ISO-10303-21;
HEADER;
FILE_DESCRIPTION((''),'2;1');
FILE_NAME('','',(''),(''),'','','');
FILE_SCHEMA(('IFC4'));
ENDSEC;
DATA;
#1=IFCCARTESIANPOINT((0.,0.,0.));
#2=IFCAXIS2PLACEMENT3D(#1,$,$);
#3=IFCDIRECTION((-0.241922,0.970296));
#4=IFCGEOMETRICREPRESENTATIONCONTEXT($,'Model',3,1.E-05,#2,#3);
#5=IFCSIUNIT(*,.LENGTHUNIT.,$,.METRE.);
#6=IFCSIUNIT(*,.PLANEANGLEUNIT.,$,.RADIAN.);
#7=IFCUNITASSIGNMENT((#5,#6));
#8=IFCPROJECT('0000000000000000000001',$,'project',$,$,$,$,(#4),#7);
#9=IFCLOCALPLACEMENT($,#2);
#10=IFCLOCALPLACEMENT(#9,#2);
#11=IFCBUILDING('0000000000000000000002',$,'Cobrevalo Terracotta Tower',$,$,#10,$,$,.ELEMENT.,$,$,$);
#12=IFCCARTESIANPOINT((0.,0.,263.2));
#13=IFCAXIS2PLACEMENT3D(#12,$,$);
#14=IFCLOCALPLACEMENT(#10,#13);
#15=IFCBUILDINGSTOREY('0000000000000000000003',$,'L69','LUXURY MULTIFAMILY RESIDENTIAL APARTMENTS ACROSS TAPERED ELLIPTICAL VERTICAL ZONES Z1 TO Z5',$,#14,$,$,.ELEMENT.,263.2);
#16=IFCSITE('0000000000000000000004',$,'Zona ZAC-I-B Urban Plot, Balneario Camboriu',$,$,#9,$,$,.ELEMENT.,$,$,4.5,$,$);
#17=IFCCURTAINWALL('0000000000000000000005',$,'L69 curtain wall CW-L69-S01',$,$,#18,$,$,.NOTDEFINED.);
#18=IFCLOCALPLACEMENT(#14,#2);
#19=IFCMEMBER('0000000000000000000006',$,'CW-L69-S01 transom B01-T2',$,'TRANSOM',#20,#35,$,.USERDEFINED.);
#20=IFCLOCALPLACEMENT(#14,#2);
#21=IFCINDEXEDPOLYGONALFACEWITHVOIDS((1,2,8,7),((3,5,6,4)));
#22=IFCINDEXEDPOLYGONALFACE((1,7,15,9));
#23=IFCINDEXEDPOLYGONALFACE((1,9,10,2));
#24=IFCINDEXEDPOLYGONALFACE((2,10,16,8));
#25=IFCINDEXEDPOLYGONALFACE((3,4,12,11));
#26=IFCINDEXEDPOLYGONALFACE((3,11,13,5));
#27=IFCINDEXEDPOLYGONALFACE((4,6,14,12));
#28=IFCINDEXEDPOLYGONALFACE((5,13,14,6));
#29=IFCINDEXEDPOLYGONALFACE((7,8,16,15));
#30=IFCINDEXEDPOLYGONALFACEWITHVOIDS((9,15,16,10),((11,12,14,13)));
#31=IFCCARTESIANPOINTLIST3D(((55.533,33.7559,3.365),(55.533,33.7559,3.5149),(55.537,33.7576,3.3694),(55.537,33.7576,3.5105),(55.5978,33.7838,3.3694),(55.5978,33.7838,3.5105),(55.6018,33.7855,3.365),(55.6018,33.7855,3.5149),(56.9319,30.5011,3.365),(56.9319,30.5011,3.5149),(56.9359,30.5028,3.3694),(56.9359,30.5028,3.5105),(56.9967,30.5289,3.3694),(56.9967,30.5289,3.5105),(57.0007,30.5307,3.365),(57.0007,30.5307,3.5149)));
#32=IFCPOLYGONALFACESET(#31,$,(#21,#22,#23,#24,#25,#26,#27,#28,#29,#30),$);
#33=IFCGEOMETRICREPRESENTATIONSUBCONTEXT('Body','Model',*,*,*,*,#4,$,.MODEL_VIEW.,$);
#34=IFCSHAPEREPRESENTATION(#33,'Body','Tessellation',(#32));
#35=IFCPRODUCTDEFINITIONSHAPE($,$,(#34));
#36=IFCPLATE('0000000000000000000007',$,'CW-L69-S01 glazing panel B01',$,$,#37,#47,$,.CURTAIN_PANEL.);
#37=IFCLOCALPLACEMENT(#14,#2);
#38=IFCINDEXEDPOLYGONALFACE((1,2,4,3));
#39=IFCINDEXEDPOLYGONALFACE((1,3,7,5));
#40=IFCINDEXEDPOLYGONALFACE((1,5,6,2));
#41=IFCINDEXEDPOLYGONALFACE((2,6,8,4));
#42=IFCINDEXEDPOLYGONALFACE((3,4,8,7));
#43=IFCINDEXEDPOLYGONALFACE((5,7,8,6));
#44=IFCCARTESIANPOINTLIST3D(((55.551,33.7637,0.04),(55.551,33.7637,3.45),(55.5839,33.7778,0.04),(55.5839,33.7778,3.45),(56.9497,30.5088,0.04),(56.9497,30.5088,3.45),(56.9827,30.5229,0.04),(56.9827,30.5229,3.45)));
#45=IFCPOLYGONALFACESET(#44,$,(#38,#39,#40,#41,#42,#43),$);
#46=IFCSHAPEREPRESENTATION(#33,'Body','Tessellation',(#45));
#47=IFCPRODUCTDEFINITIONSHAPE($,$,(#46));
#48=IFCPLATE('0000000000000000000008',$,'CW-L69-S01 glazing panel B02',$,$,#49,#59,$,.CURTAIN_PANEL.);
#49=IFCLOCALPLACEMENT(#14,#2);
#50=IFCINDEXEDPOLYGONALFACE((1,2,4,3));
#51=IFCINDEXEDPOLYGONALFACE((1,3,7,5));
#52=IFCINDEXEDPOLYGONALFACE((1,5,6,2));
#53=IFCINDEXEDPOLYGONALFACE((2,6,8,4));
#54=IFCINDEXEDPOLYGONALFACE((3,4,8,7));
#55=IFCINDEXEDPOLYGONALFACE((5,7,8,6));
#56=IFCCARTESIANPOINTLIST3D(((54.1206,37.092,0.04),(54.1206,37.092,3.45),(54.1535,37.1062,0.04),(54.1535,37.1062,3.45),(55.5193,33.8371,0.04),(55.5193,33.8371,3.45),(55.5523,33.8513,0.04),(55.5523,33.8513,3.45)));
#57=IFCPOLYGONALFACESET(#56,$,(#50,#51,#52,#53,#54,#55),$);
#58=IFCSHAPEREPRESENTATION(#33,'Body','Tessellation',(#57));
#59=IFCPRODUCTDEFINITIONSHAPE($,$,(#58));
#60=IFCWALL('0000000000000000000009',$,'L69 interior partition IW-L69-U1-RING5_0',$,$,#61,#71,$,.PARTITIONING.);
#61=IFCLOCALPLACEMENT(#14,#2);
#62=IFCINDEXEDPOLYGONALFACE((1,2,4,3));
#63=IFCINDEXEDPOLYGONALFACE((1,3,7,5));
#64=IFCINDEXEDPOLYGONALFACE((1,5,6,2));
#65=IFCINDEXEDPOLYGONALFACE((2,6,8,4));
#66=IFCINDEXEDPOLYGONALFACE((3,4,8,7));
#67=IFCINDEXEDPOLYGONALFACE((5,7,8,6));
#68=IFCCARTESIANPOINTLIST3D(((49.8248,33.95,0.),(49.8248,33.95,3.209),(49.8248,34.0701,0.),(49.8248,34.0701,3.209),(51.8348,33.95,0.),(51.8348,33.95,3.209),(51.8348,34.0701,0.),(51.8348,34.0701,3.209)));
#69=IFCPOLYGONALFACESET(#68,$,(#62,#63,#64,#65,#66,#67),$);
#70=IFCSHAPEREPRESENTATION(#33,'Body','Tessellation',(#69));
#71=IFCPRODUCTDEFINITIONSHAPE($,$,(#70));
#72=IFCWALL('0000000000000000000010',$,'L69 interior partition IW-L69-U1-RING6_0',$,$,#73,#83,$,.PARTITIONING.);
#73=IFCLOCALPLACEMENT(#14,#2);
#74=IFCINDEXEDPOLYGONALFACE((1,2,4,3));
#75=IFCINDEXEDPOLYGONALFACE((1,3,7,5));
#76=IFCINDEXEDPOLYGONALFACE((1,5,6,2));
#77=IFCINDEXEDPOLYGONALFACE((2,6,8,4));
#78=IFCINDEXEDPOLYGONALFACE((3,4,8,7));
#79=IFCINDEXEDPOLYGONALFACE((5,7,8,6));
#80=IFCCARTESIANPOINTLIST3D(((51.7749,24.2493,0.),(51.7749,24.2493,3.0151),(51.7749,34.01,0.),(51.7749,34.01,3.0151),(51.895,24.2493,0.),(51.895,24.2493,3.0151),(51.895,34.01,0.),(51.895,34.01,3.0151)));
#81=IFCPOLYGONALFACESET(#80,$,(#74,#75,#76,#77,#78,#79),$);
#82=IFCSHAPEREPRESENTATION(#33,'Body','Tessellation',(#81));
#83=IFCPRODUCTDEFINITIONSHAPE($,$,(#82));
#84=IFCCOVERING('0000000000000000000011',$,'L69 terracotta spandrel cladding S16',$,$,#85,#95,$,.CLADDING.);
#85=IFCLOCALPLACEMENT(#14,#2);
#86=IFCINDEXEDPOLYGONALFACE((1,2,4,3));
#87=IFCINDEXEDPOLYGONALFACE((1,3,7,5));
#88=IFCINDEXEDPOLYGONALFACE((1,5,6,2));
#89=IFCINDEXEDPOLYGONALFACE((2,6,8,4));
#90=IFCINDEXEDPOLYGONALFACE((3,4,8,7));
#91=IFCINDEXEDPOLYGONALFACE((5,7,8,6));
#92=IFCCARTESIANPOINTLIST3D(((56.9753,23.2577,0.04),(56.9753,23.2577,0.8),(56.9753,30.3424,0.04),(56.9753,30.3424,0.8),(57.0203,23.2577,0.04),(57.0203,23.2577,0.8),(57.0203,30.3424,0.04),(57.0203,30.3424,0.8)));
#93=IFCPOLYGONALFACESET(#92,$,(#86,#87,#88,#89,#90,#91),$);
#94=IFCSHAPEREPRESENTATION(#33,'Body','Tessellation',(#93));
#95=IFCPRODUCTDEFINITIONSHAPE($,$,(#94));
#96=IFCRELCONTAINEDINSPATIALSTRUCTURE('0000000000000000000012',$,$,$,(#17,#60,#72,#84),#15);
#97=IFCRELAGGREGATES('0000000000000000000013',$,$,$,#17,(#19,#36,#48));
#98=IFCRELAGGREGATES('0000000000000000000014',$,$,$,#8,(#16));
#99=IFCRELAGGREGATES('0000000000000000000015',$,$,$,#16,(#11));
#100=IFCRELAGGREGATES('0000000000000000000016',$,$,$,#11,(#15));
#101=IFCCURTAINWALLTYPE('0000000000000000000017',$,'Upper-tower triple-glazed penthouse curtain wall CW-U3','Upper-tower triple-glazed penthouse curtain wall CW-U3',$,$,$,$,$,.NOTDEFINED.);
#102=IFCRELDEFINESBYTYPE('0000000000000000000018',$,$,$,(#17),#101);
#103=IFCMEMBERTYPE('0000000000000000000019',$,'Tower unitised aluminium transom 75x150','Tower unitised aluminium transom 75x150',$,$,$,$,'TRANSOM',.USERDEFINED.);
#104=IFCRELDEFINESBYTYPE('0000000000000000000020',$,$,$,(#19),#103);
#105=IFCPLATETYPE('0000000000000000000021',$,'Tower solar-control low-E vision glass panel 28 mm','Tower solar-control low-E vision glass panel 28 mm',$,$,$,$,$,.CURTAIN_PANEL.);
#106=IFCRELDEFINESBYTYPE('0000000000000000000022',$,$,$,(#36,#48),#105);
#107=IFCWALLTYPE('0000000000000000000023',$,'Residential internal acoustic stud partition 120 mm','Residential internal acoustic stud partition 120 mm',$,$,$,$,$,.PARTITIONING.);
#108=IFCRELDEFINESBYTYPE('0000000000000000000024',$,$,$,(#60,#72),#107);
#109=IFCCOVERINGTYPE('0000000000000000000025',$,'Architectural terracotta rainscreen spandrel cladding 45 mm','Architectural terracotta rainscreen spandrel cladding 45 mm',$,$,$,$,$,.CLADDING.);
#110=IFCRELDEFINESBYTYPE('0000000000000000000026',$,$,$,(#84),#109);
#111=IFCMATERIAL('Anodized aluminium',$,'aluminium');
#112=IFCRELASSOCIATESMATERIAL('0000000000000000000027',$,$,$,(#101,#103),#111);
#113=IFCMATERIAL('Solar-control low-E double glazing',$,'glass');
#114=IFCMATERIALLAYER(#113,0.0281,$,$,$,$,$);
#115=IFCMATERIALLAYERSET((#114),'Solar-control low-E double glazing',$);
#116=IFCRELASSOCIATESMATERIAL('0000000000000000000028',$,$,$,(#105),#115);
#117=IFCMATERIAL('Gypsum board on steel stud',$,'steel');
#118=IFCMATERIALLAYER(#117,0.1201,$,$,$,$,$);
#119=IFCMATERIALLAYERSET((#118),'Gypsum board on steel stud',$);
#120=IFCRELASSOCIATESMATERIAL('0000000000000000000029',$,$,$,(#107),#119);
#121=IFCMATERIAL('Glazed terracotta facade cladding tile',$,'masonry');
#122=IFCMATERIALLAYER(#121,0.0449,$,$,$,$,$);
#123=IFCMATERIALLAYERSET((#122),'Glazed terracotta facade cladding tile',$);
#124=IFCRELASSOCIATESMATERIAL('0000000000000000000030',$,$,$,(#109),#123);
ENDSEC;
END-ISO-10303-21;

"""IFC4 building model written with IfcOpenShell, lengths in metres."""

from ifc_helpers import new_model, si_unit, direction, frame, frame_2d, origin, origin_2d, place, context, subcontext, project, spatial, rectangle, hollow_rectangle, extrude, source, transform, mapped, material, layer, layer_set, material_profile, profile_set, type_object, element, aggregate, save


model = new_model("IFC4")

# Units and contexts
model_context = context("Model", 3, precision=1e-05, world=origin(), true_north=direction((-0.241922, 0.970296)))
body_context = subcontext(model_context, "Body", "Model", "MODEL_VIEW")
ifc_project = project(units=[si_unit("LENGTHUNIT", "METRE"), si_unit("PLANEANGLEUNIT", "RADIAN")], contexts=[model_context])

# Site, building, storey
site_placement = place(None, origin())
site = spatial("IfcSite", under=ifc_project, at=site_placement, Name="Zona ZAC-I-B Urban Plot, Balneario Camboriu", CompositionType="ELEMENT", RefElevation=4.5)
building_placement = place(site_placement, origin())
building = spatial("IfcBuilding", under=site, at=building_placement, Name="Cobrevalo Terracotta Tower", CompositionType="ELEMENT")
storey_placement = place(building_placement, frame((0.0, 0.0, 263.2)))
storey = spatial("IfcBuildingStorey", under=building, at=storey_placement, Name="L69", Description="LUXURY MULTIFAMILY RESIDENTIAL APARTMENTS ACROSS TAPERED ELLIPTICAL VERTICAL ZONES Z1 TO Z5", CompositionType="ELEMENT", Elevation=263.2)

# Curtain wall, member, plates
ifc_material_1 = material(Name="Anodized aluminium", Category="aluminium")
curtain_wall_type = type_object("IfcCurtainWallType", Name="Upper-tower triple-glazed penthouse curtain wall CW-U3", Description="Upper-tower triple-glazed penthouse curtain wall CW-U3", PredefinedType="NOTDEFINED", material=ifc_material_1)
curtain_wall_placement = place(storey_placement, origin())
curtain_wall = element("IfcCurtainWall", 1, at=curtain_wall_placement, inside=storey, type_object=curtain_wall_type, Name="L69 curtain wall CW-L69-S01", PredefinedType="NOTDEFINED")
ifc_material_profile_1 = material_profile(ifc_material_1, hollow_rectangle(XDim=0.075, YDim=0.1499, WallThickness=0.0044, at=origin_2d()), Name="CWT 75x150")
ifc_profile_set_1 = profile_set([ifc_material_profile_1], Name="Anodized aluminium")
member_type_1 = type_object("IfcMemberType", Name="Tower unitised aluminium transom 75x150", Description="Tower unitised aluminium transom 75x150", ElementType="TRANSOM", PredefinedType="USERDEFINED", material=ifc_profile_set_1)
shared_shape_1 = source(origin(), body_context, "Body", "SweptSolid", [
    extrude(hollow_rectangle(XDim=0.075, YDim=0.1499, WallThickness=0.0044, at=origin_2d()), origin(), (0.0, 0.0, 1.0), 3.5427),
])
member_1_placement = place(storey_placement, frame((56.9663, 30.5159, 3.4399), z_axis=(-0.394867, 0.918738, 0.0), x_axis=(-0.918738, -0.394867, 0.0)))
member_1 = element("IfcMember", 2, at=member_1_placement, type_object=member_type_1, Name="CW-L69-S01 transom B01-T2", ObjectType="TRANSOM", PredefinedType="USERDEFINED", context=body_context, shape_type="MappedRepresentation", body=[
    mapped(shared_shape_1, transform((0.0, 0.0, 0.0), scale=1.0)),
])
ifc_material_2 = material(Name="Solar-control low-E double glazing", Category="glass")
ifc_layer_1 = layer(ifc_material_2, 0.0281)
ifc_layer_set_1 = layer_set([ifc_layer_1], Name="Solar-control low-E double glazing")
plate_type = type_object("IfcPlateType", Name="Tower solar-control low-E vision glass panel 28 mm", Description="Tower solar-control low-E vision glass panel 28 mm", PredefinedType="CURTAIN_PANEL", material=ifc_layer_set_1)
shared_shape_2 = source(origin(), body_context, "Body", "SweptSolid", [
    extrude(rectangle(XDim=3.5427, YDim=0.0359, at=origin_2d()), origin(), (0.0, 0.0, 1.0), 3.4099),
])
plate_1_placement = place(storey_placement, frame((56.2668, 32.1433, 0.04), z_axis=(0.0, 0.0, 1.0), x_axis=(-0.394829, 0.918755, 0.0)))
plate_1 = element("IfcPlate", 3, at=plate_1_placement, type_object=plate_type, Name="CW-L69-S01 glazing panel B01", PredefinedType="CURTAIN_PANEL", context=body_context, shape_type="MappedRepresentation", body=[
    mapped(shared_shape_2, transform((0.0, 0.0, 0.0), scale=1.0)),
])
plate_2_placement = place(storey_placement, frame((54.8364, 35.4717, 0.04), z_axis=(0.0, 0.0, 1.0), x_axis=(-0.394829, 0.918755, 0.0)))
plate_2 = element("IfcPlate", 4, at=plate_2_placement, type_object=plate_type, Name="CW-L69-S01 glazing panel B02", PredefinedType="CURTAIN_PANEL", context=body_context, shape_type="MappedRepresentation", body=[
    mapped(shared_shape_2, transform((0.0, 0.0, 0.0), scale=1.0)),
])
aggregate(curtain_wall, [member_1, plate_1, plate_2])

# Walls
ifc_material_3 = material(Name="Gypsum board on steel stud", Category="steel")
ifc_layer_2 = layer(ifc_material_3, 0.1201)
ifc_layer_set_2 = layer_set([ifc_layer_2], Name="Gypsum board on steel stud")
wall_type = type_object("IfcWallType", Name="Residential internal acoustic stud partition 120 mm", Description="Residential internal acoustic stud partition 120 mm", PredefinedType="PARTITIONING", material=ifc_layer_set_2)
wall_1_placement = place(storey_placement, frame((49.825, 34.01, 0.0), z_axis=(0.0, 0.0, 1.0), x_axis=(1.0, 0.0, 0.0)))
element("IfcWall", 5, at=wall_1_placement, inside=storey, type_object=wall_type, Name="L69 interior partition IW-L69-U1-RING5_0", PredefinedType="PARTITIONING", context=body_context, shape_type="SweptSolid", body=[
    extrude(rectangle(XDim=2.01, YDim=0.1201, at=frame_2d((1.0049, 0.0))), origin(), (0.0, 0.0, 1.0), 3.209),
])
wall_2_placement = place(storey_placement, frame((51.835, 34.01, 0.0), z_axis=(0.0, 0.0, 1.0), x_axis=(0.0, -1.0, 0.0)))
element("IfcWall", 6, at=wall_2_placement, inside=storey, type_object=wall_type, Name="L69 interior partition IW-L69-U1-RING6_0", PredefinedType="PARTITIONING", context=body_context, shape_type="SweptSolid", body=[
    extrude(rectangle(XDim=9.7607, YDim=0.1201, at=frame_2d((4.8804, 0.0))), origin(), (0.0, 0.0, 1.0), 3.0151),
])

# Covering
ifc_material_4 = material(Name="Glazed terracotta facade cladding tile", Category="masonry")
ifc_layer_3 = layer(ifc_material_4, 0.0449)
ifc_layer_set_3 = layer_set([ifc_layer_3], Name="Glazed terracotta facade cladding tile")
covering_type = type_object("IfcCoveringType", Name="Architectural terracotta rainscreen spandrel cladding 45 mm", Description="Architectural terracotta rainscreen spandrel cladding 45 mm", PredefinedType="CLADDING", material=ifc_layer_set_3)
shared_shape_3 = source(origin(), body_context, "Body", "SweptSolid", [
    extrude(rectangle(XDim=7.0847, YDim=0.0449, at=origin_2d()), origin(), (0.0, 0.0, 1.0), 0.76),
])
covering_placement = place(storey_placement, frame((56.9978, 26.8, 0.04), z_axis=(0.0, 0.0, 1.0), x_axis=(0.0, 1.0, 0.0)))
element("IfcCovering", 7, at=covering_placement, inside=storey, type_object=covering_type, Name="L69 terracotta spandrel cladding S16", PredefinedType="CLADDING", context=body_context, shape_type="MappedRepresentation", body=[
    mapped(shared_shape_3, transform((0.0, 0.0, 0.0), scale=1.0)),
])

save(model, "model.ifc")
